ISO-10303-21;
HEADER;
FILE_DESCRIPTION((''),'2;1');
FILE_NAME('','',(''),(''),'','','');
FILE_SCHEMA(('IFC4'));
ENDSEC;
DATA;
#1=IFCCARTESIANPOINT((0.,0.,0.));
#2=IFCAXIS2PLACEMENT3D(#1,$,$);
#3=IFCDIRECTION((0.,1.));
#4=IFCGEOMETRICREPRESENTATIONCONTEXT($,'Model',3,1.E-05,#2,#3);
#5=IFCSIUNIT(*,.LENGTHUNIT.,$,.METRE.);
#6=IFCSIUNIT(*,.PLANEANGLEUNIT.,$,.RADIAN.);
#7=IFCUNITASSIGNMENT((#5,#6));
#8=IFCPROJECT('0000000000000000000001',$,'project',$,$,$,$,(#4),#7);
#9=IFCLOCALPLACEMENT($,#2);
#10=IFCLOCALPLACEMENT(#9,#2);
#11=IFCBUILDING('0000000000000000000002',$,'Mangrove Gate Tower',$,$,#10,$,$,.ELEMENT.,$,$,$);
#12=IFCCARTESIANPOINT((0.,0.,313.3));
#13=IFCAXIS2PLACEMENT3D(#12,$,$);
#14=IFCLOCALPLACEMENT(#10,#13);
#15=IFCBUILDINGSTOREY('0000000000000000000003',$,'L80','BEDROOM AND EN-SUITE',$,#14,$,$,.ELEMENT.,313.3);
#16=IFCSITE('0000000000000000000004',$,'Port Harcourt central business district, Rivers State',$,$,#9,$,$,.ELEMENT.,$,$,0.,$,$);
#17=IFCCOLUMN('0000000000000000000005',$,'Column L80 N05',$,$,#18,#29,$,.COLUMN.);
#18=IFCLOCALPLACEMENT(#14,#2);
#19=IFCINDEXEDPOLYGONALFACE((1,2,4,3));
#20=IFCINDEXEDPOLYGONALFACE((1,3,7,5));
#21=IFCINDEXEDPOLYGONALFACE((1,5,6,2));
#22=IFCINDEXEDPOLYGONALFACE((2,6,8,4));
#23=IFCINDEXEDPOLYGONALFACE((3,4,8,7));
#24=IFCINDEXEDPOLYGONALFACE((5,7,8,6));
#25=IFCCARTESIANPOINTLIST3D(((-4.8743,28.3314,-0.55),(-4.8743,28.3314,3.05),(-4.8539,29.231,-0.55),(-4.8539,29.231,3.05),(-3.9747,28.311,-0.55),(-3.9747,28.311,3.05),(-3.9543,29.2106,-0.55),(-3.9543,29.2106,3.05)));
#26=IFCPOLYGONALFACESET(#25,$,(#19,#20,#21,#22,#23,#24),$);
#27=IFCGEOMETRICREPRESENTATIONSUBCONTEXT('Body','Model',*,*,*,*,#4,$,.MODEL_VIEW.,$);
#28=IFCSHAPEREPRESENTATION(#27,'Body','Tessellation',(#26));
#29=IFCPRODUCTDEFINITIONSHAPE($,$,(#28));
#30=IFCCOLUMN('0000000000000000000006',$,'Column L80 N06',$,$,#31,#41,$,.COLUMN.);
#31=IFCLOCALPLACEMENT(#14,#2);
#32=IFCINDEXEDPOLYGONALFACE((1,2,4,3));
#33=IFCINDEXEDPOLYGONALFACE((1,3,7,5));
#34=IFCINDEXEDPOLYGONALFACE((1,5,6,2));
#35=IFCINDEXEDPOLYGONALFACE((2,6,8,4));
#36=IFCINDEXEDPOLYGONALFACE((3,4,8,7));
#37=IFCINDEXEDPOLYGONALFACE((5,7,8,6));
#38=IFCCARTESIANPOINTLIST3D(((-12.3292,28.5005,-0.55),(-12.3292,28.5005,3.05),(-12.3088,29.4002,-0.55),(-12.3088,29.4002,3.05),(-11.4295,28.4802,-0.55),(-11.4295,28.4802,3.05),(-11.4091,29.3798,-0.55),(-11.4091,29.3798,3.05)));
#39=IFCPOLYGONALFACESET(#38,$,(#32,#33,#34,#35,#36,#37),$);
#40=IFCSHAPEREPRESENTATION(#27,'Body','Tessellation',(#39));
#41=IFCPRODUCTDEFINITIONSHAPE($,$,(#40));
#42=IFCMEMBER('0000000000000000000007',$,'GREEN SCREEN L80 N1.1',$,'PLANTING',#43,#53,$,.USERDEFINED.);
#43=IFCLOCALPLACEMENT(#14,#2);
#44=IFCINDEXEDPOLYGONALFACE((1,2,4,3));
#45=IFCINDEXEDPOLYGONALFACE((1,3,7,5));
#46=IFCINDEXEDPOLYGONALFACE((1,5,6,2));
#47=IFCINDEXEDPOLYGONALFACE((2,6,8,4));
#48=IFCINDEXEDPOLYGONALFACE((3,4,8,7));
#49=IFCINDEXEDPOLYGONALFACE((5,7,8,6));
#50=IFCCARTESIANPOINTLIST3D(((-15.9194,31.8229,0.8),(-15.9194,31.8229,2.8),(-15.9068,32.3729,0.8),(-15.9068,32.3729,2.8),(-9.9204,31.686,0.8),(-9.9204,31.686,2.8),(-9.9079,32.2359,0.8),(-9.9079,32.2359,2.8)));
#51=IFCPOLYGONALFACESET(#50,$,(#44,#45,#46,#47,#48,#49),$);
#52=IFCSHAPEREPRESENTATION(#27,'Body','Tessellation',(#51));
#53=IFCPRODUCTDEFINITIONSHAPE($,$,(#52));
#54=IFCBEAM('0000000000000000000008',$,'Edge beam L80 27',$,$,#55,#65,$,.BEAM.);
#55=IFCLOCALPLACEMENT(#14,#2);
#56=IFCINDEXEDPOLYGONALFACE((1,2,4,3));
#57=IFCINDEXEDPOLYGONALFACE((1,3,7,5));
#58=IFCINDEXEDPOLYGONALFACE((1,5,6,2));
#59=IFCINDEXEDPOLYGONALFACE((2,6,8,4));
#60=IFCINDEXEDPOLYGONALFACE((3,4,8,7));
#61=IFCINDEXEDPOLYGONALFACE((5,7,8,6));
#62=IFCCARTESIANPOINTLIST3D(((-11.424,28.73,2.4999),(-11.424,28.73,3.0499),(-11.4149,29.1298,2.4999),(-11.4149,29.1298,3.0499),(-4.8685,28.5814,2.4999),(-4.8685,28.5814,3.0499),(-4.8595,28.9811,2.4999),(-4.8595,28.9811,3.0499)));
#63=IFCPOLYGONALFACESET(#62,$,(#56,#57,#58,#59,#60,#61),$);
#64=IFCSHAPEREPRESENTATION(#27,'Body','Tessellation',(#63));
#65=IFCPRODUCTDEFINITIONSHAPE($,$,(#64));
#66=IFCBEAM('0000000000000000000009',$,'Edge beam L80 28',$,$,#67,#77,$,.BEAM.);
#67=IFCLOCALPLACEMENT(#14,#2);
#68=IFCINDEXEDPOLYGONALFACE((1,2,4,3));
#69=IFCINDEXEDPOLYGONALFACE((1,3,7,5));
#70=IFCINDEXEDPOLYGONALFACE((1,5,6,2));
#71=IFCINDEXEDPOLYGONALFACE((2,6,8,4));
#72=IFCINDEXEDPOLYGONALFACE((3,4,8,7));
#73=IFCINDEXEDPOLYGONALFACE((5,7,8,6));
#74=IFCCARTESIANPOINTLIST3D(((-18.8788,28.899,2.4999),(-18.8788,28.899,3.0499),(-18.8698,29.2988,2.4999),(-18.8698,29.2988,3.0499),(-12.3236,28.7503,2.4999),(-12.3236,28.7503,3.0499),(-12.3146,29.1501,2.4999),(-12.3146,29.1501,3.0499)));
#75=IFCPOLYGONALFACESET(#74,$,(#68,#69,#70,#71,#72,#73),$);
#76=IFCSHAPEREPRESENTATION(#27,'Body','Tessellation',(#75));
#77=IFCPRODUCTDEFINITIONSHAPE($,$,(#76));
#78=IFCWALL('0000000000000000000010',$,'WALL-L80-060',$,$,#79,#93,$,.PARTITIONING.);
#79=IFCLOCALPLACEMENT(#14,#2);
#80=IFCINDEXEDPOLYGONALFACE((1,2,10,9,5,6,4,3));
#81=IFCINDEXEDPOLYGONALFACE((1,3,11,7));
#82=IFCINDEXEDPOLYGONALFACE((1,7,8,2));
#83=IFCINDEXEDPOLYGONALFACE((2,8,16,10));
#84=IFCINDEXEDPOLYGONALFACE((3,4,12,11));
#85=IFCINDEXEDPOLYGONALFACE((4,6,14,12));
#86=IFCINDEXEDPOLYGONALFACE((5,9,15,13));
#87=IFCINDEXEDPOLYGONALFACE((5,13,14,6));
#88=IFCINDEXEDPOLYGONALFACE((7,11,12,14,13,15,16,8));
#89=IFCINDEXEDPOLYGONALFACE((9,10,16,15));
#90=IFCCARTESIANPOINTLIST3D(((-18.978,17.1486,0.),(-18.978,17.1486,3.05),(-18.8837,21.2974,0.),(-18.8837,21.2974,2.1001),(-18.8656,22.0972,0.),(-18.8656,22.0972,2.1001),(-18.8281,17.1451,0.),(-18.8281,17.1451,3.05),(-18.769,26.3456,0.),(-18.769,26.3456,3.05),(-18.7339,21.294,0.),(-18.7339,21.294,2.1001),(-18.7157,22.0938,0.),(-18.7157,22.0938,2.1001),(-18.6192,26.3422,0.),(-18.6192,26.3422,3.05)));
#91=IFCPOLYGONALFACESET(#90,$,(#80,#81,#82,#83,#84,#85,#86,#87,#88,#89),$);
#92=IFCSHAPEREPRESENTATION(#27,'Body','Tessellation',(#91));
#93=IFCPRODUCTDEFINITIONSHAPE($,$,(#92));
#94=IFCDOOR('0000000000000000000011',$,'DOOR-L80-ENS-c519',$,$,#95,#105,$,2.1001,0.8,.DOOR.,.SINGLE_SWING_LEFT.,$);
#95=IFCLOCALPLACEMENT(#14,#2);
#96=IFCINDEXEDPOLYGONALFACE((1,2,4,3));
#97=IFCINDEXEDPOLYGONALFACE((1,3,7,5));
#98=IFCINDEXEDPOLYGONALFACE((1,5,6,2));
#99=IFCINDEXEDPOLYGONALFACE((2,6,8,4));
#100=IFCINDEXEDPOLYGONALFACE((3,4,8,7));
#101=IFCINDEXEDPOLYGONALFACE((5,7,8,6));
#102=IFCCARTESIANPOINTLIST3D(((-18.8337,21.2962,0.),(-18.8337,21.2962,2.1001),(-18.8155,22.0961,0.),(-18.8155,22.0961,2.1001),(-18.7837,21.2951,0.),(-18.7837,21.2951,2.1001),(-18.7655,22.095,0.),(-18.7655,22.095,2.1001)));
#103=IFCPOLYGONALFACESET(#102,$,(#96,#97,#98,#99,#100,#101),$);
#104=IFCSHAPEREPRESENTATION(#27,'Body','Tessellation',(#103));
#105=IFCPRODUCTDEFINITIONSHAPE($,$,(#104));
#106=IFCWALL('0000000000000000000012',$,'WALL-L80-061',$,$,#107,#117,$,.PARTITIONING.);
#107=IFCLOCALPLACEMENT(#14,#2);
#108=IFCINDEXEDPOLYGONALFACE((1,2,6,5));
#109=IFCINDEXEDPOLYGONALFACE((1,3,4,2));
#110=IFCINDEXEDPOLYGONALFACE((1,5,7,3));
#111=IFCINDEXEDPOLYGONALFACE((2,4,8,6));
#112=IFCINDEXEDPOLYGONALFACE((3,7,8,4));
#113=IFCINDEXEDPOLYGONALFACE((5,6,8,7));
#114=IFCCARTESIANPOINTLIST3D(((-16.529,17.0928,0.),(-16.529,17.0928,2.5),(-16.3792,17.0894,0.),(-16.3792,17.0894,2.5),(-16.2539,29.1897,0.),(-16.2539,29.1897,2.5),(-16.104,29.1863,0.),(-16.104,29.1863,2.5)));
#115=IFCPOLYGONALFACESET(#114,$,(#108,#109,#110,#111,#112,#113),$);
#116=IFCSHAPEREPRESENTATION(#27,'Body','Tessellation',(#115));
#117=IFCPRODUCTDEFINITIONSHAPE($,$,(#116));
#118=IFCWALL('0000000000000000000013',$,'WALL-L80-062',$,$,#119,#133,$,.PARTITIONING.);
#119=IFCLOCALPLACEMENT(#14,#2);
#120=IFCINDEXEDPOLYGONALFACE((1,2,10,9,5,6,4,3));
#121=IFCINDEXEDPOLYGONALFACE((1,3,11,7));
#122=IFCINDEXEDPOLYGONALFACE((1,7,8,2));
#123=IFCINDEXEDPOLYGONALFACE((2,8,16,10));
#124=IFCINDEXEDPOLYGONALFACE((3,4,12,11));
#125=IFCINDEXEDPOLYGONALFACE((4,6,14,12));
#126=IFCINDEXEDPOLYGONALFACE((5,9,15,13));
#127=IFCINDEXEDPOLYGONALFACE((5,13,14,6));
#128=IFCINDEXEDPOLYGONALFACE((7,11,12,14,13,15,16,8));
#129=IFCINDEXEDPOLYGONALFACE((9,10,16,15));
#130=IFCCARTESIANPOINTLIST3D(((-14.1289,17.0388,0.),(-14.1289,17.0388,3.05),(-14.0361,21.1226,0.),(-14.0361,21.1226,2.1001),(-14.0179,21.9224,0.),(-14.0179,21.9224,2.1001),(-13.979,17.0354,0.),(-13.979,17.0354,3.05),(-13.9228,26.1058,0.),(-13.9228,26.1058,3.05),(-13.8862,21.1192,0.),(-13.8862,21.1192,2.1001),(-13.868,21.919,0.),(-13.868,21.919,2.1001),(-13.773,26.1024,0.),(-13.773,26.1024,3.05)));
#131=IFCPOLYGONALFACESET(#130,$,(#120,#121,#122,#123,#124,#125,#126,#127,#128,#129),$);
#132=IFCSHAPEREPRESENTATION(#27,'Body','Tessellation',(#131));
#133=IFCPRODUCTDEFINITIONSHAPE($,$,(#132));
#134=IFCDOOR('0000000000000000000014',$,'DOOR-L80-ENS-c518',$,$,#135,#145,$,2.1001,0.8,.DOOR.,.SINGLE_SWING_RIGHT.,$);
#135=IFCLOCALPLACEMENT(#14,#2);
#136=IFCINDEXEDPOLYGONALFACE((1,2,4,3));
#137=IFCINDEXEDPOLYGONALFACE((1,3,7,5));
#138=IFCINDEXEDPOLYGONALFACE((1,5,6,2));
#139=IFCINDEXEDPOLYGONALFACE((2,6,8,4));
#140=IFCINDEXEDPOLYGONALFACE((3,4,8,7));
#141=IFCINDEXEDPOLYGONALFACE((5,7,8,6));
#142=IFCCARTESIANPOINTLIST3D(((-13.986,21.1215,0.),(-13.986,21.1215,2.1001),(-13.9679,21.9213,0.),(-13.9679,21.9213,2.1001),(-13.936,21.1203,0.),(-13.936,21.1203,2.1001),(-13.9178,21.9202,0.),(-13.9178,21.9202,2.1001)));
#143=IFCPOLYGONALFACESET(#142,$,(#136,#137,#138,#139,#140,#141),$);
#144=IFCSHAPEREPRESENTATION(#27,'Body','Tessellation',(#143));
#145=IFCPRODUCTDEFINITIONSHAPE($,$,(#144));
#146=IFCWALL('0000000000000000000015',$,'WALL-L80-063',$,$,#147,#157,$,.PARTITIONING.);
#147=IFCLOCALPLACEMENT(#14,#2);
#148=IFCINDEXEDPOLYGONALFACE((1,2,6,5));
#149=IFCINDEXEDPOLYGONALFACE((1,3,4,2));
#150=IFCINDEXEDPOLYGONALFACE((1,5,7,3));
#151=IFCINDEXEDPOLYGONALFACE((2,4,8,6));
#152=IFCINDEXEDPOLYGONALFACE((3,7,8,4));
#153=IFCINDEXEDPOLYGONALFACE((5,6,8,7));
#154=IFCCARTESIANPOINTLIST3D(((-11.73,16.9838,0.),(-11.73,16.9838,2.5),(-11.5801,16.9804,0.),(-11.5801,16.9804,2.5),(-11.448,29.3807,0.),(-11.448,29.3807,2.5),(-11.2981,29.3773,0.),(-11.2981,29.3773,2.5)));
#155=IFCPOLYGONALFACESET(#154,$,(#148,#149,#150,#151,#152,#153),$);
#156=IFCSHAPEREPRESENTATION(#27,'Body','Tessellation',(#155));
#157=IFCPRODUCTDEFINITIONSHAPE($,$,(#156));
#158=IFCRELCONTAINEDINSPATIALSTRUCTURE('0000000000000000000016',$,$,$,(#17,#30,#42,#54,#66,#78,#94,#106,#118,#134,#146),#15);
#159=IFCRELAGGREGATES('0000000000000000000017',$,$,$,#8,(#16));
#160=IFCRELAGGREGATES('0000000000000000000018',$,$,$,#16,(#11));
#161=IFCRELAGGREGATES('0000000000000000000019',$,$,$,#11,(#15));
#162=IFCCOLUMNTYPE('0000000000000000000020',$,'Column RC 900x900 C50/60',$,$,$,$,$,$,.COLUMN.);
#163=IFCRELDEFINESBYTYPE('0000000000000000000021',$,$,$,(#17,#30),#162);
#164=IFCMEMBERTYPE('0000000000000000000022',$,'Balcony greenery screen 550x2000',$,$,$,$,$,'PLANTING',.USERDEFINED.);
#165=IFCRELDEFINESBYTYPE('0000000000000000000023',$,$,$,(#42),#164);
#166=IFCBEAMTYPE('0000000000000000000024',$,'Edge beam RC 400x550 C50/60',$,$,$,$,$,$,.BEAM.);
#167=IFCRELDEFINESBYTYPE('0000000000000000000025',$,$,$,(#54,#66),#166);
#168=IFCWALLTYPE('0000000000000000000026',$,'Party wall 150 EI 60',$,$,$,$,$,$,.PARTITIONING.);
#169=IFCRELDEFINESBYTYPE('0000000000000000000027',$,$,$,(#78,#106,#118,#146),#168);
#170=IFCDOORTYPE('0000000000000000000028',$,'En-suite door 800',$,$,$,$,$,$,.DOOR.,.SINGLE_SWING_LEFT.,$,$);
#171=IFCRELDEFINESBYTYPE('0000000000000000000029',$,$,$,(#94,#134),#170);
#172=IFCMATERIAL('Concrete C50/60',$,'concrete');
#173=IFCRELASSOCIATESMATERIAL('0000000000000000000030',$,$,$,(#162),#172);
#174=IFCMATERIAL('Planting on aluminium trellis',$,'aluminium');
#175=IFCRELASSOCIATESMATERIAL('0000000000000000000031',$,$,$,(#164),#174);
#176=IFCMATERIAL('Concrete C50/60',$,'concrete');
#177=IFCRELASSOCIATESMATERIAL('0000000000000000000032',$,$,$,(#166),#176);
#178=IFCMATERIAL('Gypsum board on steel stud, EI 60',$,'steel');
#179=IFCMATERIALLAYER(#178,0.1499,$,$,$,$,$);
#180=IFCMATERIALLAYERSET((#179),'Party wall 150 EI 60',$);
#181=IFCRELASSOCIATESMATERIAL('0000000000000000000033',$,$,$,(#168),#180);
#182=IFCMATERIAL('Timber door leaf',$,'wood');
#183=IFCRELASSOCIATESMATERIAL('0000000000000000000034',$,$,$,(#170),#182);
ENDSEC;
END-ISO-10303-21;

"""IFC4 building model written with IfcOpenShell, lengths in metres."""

from ifc_helpers import new_model, si_unit, direction, frame, frame_2d, origin, origin_2d, place, context, subcontext, project, spatial, rectangle, extrude, material, layer, layer_set, material_profile, profile_set, type_object, element, fill, save


model = new_model("IFC4")

# Units and contexts
model_context = context("Model", 3, precision=1e-05, world=origin(), true_north=direction((0.0, 1.0)))
body_context = subcontext(model_context, "Body", "Model", "MODEL_VIEW")
ifc_project = project(units=[si_unit("LENGTHUNIT", "METRE"), si_unit("PLANEANGLEUNIT", "RADIAN")], contexts=[model_context])

# Site, building, storey
site_placement = place(None, origin())
site = spatial("IfcSite", under=ifc_project, at=site_placement, Name="Port Harcourt central business district, Rivers State", CompositionType="ELEMENT", RefElevation=0.0)
building_placement = place(site_placement, origin())
building = spatial("IfcBuilding", under=site, at=building_placement, Name="Mangrove Gate Tower", CompositionType="ELEMENT")
storey_placement = place(building_placement, frame((0.0, 0.0, 313.3)))
storey = spatial("IfcBuildingStorey", under=building, at=storey_placement, Name="L80", Description="BEDROOM AND EN-SUITE", CompositionType="ELEMENT", Elevation=313.3)

# Columns
ifc_material_1 = material(Name="Concrete C50/60", Category="concrete")
ifc_material_profile_1 = material_profile(ifc_material_1, rectangle(XDim=0.8999, YDim=0.8999, at=origin_2d()))
ifc_profile_set_1 = profile_set([ifc_material_profile_1], Name="Concrete C50/60")
column_type = type_object("IfcColumnType", Name="Column RC 900x900 C50/60", PredefinedType="COLUMN", material=ifc_profile_set_1)
for number, where, z_axis, x_axis, name in (
    (1, (-4.4143, 28.771, -0.55), (0.0, 0.0, 1.0), (-0.999743, 0.022664, 0.0), "Column L80 N05"),
    (2, (-11.8691, 28.9402, -0.55), (0.0, 0.0, 1.0), (-0.999743, 0.022664, 0.0), "Column L80 N06"),
):
    element("IfcColumn", number, at=place(storey_placement, frame(where, z_axis=z_axis, x_axis=x_axis)), inside=storey, type_object=column_type, Name=name, PredefinedType="COLUMN", context=body_context, shape_type="SweptSolid", body=[
        extrude(rectangle(XDim=0.8999, YDim=0.8999, at=origin_2d()), origin(), (0.0, 0.0, 1.0), 3.6001),
    ])

# Member
ifc_material_2 = material(Name="Planting on aluminium trellis", Category="aluminium")
ifc_material_profile_2 = material_profile(ifc_material_2, rectangle(XDim=0.55, YDim=2.0, at=origin_2d()))
ifc_profile_set_2 = profile_set([ifc_material_profile_2], Name="Planting on aluminium trellis")
member_type = type_object("IfcMemberType", Name="Balcony greenery screen 550x2000", ElementType="PLANTING", PredefinedType="USERDEFINED", material=ifc_profile_set_2)
member_placement = place(storey_placement, frame((-15.9131, 32.0979, 1.8), z_axis=(0.999739, -0.022825, 0.0), x_axis=(0.022825, 0.999739, 0.0)))
element("IfcMember", 3, at=member_placement, inside=storey, type_object=member_type, Name="GREEN SCREEN L80 N1.1", ObjectType="PLANTING", PredefinedType="USERDEFINED", context=body_context, shape_type="SweptSolid", body=[
    extrude(rectangle(XDim=0.55, YDim=2.0, at=origin_2d()), origin(), (0.0, 0.0, 1.0), 6.0005),
])

# Beams
ifc_material_3 = material(Name="Concrete C50/60", Category="concrete")
ifc_material_profile_3 = material_profile(ifc_material_3, rectangle(XDim=0.3999, YDim=0.55, at=origin_2d()))
ifc_profile_set_3 = profile_set([ifc_material_profile_3], Name="Concrete C50/60")
beam_type = type_object("IfcBeamType", Name="Edge beam RC 400x550 C50/60", PredefinedType="BEAM", material=ifc_profile_set_3)
beam_1_placement = place(storey_placement, frame((-4.864, 28.7812, 2.7749), z_axis=(-0.999743, 0.022675, 0.0), x_axis=(-0.022675, -0.999743, 0.0)))
element("IfcBeam", 4, at=beam_1_placement, inside=storey, type_object=beam_type, Name="Edge beam L80 27", PredefinedType="BEAM", context=body_context, shape_type="SweptSolid", body=[
    extrude(rectangle(XDim=0.3999, YDim=0.55, at=origin_2d()), origin(), (0.0, 0.0, 1.0), 6.5571),
])
beam_2_placement = place(storey_placement, frame((-12.3191, 28.9502, 2.7749), z_axis=(-0.999743, 0.022676, 0.0), x_axis=(-0.022676, -0.999743, 0.0)))
element("IfcBeam", 5, at=beam_2_placement, inside=storey, type_object=beam_type, Name="Edge beam L80 28", PredefinedType="BEAM", context=body_context, shape_type="SweptSolid", body=[
    extrude(rectangle(XDim=0.3999, YDim=0.55, at=origin_2d()), origin(), (0.0, 0.0, 1.0), 6.5569),
])

# Wall, opening, door
ifc_material_4 = material(Name="Gypsum board on steel stud, EI 60", Category="steel")
ifc_layer_1 = layer(ifc_material_4, 0.1499)
ifc_layer_set_1 = layer_set([ifc_layer_1], Name="Party wall 150 EI 60")
wall_type_1 = type_object("IfcWallType", Name="Party wall 150 EI 60", PredefinedType="PARTITIONING", material=ifc_layer_set_1)
wall_1_placement = place(storey_placement, frame((-18.9031, 17.147, 0.0), z_axis=(0.0, 0.0, 1.0), x_axis=(0.022717, 0.999742, 0.0)))
wall_1 = element("IfcWall", 6, at=wall_1_placement, inside=storey, type_object=wall_type_1, Name="WALL-L80-060", PredefinedType="PARTITIONING", context=body_context, shape_type="SweptSolid", body=[
    extrude(rectangle(XDim=9.1995, YDim=0.1499, at=frame_2d((4.5996, 0.0))), origin(), (0.0, 0.0, 1.0), 3.05),
])
opening_1_placement = place(wall_1_placement, frame((4.1499, 0.0, 0.0)))
opening_1 = element("IfcOpeningElement", 7, at=opening_1_placement, cuts=wall_1, PredefinedType="OPENING", context=body_context, shape_type="SweptSolid", body=[
    extrude(rectangle(XDim=0.8, YDim=2.1001, at=frame_2d((0.3999, 1.05))), frame((0.0, 0.085, 0.0), z_axis=(0.0, -1.0, 0.0), x_axis=(1.0, 0.0, 0.0)), (0.0, 0.0, 1.0), 0.1699),
])
ifc_material_5 = material(Name="Timber door leaf", Category="wood")
door_type = type_object("IfcDoorType", Name="En-suite door 800", OperationType="SINGLE_SWING_LEFT", PredefinedType="DOOR", material=ifc_material_5)
door_1_placement = place(opening_1_placement, origin())
door_1 = element("IfcDoor", 8, at=door_1_placement, inside=storey, type_object=door_type, Name="DOOR-L80-ENS-c519", OperationType="SINGLE_SWING_LEFT", OverallHeight=2.1001, OverallWidth=0.8, PredefinedType="DOOR", context=body_context, shape_type="SweptSolid", body=[
    extrude(rectangle(XDim=0.8, YDim=2.1001, at=frame_2d((0.3999, 1.05))), frame((0.0, 0.0249, 0.0), z_axis=(0.0, -1.0, 0.0), x_axis=(1.0, 0.0, 0.0)), (0.0, 0.0, 1.0), 0.05),
])
fill(opening_1, door_1)

# Wall
wall_2_placement = place(storey_placement, frame((-16.4541, 17.0911, 0.0), z_axis=(0.0, 0.0, 1.0), x_axis=(0.022739, 0.999741, 0.0)))
element("IfcWall", 9, at=wall_2_placement, inside=storey, type_object=wall_type_1, Name="WALL-L80-061", PredefinedType="PARTITIONING", context=body_context, shape_type="SweptSolid", body=[
    extrude(rectangle(XDim=12.1001, YDim=0.1499, at=frame_2d((6.05, 0.0))), origin(), (0.0, 0.0, 1.0), 2.5),
])

# Wall, opening, door
wall_3_placement = place(storey_placement, frame((-14.054, 17.0371, 0.0), z_axis=(0.0, 0.0, 1.0), x_axis=(0.02272, 0.999742, 0.0)))
wall_3 = element("IfcWall", 10, at=wall_3_placement, inside=storey, type_object=wall_type_1, Name="WALL-L80-062", PredefinedType="PARTITIONING", context=body_context, shape_type="SweptSolid", body=[
    extrude(rectangle(XDim=9.0693, YDim=0.1499, at=frame_2d((4.5347, 0.0))), origin(), (0.0, 0.0, 1.0), 3.05),
])
opening_2_placement = place(wall_3_placement, frame((4.085, 0.0, 0.0)))
opening_2 = element("IfcOpeningElement", 11, at=opening_2_placement, cuts=wall_3, PredefinedType="OPENING", context=body_context, shape_type="SweptSolid", body=[
    extrude(rectangle(XDim=0.8, YDim=2.1001, at=frame_2d((0.3999, 1.05))), frame((0.0, 0.085, 0.0), z_axis=(0.0, -1.0, 0.0), x_axis=(1.0, 0.0, 0.0)), (0.0, 0.0, 1.0), 0.1699),
])
door_2_placement = place(opening_2_placement, origin())
door_2 = element("IfcDoor", 12, at=door_2_placement, inside=storey, type_object=door_type, Name="DOOR-L80-ENS-c518", OperationType="SINGLE_SWING_RIGHT", OverallHeight=2.1001, OverallWidth=0.8, PredefinedType="DOOR", context=body_context, shape_type="SweptSolid", body=[
    extrude(rectangle(XDim=0.8, YDim=2.1001, at=frame_2d((0.3999, 1.05))), frame((0.0, 0.0249, 0.0), z_axis=(0.0, -1.0, 0.0), x_axis=(1.0, 0.0, 0.0)), (0.0, 0.0, 1.0), 0.05),
])
fill(opening_2, door_2)

# Wall
wall_4_placement = place(storey_placement, frame((-11.655, 16.9819, 0.0), z_axis=(0.0, 0.0, 1.0), x_axis=(0.02274, 0.999741, 0.0)))
element("IfcWall", 13, at=wall_4_placement, inside=storey, type_object=wall_type_1, Name="WALL-L80-063", PredefinedType="PARTITIONING", context=body_context, shape_type="SweptSolid", body=[
    extrude(rectangle(XDim=12.4001, YDim=0.1499, at=frame_2d((6.2002, 0.0))), origin(), (0.0, 0.0, 1.0), 2.5),
])

save(model, "model.ifc")
